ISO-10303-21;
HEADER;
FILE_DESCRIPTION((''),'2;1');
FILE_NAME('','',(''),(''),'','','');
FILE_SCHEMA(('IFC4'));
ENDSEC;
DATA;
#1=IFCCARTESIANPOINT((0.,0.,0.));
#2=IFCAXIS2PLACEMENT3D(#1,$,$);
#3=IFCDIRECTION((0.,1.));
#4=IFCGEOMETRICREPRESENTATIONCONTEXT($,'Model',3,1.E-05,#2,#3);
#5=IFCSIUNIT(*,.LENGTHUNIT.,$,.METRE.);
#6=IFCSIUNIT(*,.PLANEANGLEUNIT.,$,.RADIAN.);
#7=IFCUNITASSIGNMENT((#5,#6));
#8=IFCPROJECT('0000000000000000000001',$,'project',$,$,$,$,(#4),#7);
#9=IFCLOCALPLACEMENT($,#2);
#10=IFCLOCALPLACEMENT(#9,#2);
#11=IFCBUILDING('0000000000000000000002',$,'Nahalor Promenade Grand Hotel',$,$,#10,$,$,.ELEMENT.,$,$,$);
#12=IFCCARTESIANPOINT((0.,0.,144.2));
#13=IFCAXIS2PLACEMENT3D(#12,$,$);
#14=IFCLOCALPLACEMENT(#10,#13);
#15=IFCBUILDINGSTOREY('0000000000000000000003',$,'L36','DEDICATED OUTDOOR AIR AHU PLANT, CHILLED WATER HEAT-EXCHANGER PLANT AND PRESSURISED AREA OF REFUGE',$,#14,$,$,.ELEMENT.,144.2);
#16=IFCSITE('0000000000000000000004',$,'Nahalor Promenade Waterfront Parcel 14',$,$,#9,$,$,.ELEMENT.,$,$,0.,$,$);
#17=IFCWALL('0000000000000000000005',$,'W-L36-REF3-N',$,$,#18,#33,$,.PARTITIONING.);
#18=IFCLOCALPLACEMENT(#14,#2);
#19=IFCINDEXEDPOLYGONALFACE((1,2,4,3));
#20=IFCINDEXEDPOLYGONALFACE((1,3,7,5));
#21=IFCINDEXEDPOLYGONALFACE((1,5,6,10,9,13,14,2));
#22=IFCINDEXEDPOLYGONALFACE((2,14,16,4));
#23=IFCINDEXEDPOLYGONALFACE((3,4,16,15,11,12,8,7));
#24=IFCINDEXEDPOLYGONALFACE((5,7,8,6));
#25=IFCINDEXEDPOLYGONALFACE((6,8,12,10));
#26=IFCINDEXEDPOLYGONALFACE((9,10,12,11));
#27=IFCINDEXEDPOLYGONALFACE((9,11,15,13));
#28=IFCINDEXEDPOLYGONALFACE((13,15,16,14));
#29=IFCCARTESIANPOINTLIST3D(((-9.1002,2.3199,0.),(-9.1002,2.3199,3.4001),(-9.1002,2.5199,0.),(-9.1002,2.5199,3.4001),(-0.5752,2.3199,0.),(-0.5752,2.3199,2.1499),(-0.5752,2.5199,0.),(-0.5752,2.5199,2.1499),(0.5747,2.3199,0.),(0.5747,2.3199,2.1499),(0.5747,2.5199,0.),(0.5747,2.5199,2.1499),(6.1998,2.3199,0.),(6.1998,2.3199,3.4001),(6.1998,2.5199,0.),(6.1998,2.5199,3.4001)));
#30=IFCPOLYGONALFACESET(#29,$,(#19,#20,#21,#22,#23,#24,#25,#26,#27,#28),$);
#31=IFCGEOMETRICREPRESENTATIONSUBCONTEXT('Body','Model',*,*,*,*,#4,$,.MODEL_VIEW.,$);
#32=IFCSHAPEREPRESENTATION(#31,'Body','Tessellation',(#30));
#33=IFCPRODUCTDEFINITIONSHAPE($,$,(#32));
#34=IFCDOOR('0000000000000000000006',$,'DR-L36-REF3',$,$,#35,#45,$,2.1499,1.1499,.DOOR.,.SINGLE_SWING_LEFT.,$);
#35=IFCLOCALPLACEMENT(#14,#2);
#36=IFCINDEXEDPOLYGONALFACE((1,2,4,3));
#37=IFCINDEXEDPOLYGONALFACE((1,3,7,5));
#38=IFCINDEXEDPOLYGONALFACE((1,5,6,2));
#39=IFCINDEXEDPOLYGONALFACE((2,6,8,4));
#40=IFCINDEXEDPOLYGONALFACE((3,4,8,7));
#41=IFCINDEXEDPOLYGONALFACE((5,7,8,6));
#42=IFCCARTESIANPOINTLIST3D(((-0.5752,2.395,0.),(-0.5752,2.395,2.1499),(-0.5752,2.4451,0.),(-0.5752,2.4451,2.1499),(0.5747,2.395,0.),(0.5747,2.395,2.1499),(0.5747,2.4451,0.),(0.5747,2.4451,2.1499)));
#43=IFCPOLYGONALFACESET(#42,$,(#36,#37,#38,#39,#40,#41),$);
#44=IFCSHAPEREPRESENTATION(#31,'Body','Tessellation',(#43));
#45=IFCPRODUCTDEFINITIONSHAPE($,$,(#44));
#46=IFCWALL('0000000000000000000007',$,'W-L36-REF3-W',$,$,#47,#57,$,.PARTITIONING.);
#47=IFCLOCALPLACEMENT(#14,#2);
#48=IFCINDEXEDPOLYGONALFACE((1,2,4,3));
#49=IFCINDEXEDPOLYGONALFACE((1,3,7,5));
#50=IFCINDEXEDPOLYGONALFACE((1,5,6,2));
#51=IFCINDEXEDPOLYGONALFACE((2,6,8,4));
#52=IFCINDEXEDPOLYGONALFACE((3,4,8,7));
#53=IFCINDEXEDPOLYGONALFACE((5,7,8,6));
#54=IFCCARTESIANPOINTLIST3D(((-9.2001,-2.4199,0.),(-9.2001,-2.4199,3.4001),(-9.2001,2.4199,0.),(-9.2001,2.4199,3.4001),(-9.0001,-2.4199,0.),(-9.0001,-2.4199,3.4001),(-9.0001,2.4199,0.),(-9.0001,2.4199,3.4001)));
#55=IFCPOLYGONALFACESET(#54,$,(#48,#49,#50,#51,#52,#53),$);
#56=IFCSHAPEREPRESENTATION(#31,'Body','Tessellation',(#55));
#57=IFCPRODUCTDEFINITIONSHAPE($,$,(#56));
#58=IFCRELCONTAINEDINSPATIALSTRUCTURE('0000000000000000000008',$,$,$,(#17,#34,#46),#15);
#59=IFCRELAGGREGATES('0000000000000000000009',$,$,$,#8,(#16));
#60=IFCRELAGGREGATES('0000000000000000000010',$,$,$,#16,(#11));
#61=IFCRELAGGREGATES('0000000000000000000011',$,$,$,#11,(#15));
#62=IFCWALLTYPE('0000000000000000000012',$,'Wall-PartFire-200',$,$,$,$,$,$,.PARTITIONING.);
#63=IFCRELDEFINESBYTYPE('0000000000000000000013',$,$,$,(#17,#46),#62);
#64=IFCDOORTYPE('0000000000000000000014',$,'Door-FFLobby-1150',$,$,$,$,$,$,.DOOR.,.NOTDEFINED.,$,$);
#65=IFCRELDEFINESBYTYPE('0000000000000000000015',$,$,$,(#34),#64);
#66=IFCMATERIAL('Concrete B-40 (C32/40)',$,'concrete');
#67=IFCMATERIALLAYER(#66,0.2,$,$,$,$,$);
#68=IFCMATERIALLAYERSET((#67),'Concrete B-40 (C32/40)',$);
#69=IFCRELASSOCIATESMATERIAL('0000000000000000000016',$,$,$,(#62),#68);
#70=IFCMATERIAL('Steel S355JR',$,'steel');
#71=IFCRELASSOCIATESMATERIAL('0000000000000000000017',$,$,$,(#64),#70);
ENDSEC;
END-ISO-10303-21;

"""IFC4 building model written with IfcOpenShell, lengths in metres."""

from ifc_helpers import new_model, si_unit, direction, frame, frame_2d, origin, place, context, subcontext, project, spatial, rectangle, extrude, source, transform, mapped, material, layer, layer_set, type_object, element, fill, save


model = new_model("IFC4")

# Units and contexts
model_context = context("Model", 3, precision=1e-05, world=origin(), true_north=direction((0.0, 1.0)))
body_context = subcontext(model_context, "Body", "Model", "MODEL_VIEW")
ifc_project = project(units=[si_unit("LENGTHUNIT", "METRE"), si_unit("PLANEANGLEUNIT", "RADIAN")], contexts=[model_context])

# Site, building, storey
site_placement = place(None, origin())
site = spatial("IfcSite", under=ifc_project, at=site_placement, Name="Nahalor Promenade Waterfront Parcel 14", CompositionType="ELEMENT", RefElevation=0.0)
building_placement = place(site_placement, origin())
building = spatial("IfcBuilding", under=site, at=building_placement, Name="Nahalor Promenade Grand Hotel", CompositionType="ELEMENT")
storey_placement = place(building_placement, frame((0.0, 0.0, 144.2)))
storey = spatial("IfcBuildingStorey", under=building, at=storey_placement, Name="L36", Description="DEDICATED OUTDOOR AIR AHU PLANT, CHILLED WATER HEAT-EXCHANGER PLANT AND PRESSURISED AREA OF REFUGE", CompositionType="ELEMENT", Elevation=144.2)

# Shared definitions
ifc_material_1 = material(Name="Steel S355JR", Category="steel")

# Shared definitions
ifc_material_2 = material(Name="Concrete B-40 (C32/40)", Category="concrete")
ifc_layer_1 = layer(ifc_material_2, 0.2)
ifc_layer_set_1 = layer_set([ifc_layer_1], Name="Concrete B-40 (C32/40)")
wall_type_1 = type_object("IfcWallType", Name="Wall-PartFire-200", PredefinedType="PARTITIONING", material=ifc_layer_set_1)
door_type = type_object("IfcDoorType", Name="Door-FFLobby-1150", OperationType="NOTDEFINED", PredefinedType="DOOR", material=ifc_material_1)
shared_shape_1 = source(origin(), body_context, "Body", "SweptSolid", [
    extrude(rectangle(XDim=1.1499, YDim=2.1499, at=frame_2d((0.575, 1.075))), frame((0.0, 0.0249, 0.0), z_axis=(0.0, -1.0, 0.0), x_axis=(1.0, 0.0, 0.0)), (0.0, 0.0, 1.0), 0.05),
])

# Wall, opening, door
shared_shape_2 = source(origin(), body_context, "Body", "SweptSolid", [
    extrude(rectangle(XDim=15.3, YDim=0.2, at=frame_2d((7.6499, 0.0))), origin(), (0.0, 0.0, 1.0), 3.4001),
])
wall_1_placement = place(storey_placement, frame((-9.1001, 2.4199, 0.0), z_axis=(0.0, 0.0, 1.0), x_axis=(1.0, 0.0, 0.0)))
wall_1 = element("IfcWall", 1, at=wall_1_placement, inside=storey, type_object=wall_type_1, Name="W-L36-REF3-N", PredefinedType="PARTITIONING", context=body_context, shape_type="MappedRepresentation", body=[
    mapped(shared_shape_2, transform((0.0, 0.0, 0.0), scale=1.0)),
])
opening_1_placement = place(wall_1_placement, frame((8.5249, 0.0, 0.0)))
opening_1 = element("IfcOpeningElement", 2, at=opening_1_placement, cuts=wall_1, PredefinedType="OPENING", context=body_context, shape_type="SweptSolid", body=[
    extrude(rectangle(XDim=1.1499, YDim=2.1499, at=frame_2d((0.575, 1.075))), frame((0.0, 0.1099, 0.0), z_axis=(0.0, -1.0, 0.0), x_axis=(1.0, 0.0, 0.0)), (0.0, 0.0, 1.0), 0.22),
])
door_1_placement = place(opening_1_placement, frame((1.1499, 0.0, 0.0), z_axis=(0.0, 0.0, 1.0), x_axis=(-1.0, 0.0, 0.0)))
door_1 = element("IfcDoor", 3, at=door_1_placement, inside=storey, type_object=door_type, Name="DR-L36-REF3", OperationType="SINGLE_SWING_LEFT", OverallHeight=2.1499, OverallWidth=1.1499, PredefinedType="DOOR", context=body_context, shape_type="MappedRepresentation", body=[
    mapped(shared_shape_1, transform((0.0, 0.0, 0.0), scale=1.0)),
])
fill(opening_1, door_1)

# Wall
shared_shape_3 = source(origin(), body_context, "Body", "SweptSolid", [
    extrude(rectangle(XDim=4.8398, YDim=0.2, at=frame_2d((2.4199, 0.0))), origin(), (0.0, 0.0, 1.0), 3.4001),
])
wall_2_placement = place(storey_placement, frame((-9.1001, -2.4199, 0.0), z_axis=(0.0, 0.0, 1.0), x_axis=(0.0, 1.0, 0.0)))
element("IfcWall", 4, at=wall_2_placement, inside=storey, type_object=wall_type_1, Name="W-L36-REF3-W", PredefinedType="PARTITIONING", context=body_context, shape_type="MappedRepresentation", body=[
    mapped(shared_shape_3, transform((0.0, 0.0, 0.0), scale=1.0)),
])

save(model, "model.ifc")
